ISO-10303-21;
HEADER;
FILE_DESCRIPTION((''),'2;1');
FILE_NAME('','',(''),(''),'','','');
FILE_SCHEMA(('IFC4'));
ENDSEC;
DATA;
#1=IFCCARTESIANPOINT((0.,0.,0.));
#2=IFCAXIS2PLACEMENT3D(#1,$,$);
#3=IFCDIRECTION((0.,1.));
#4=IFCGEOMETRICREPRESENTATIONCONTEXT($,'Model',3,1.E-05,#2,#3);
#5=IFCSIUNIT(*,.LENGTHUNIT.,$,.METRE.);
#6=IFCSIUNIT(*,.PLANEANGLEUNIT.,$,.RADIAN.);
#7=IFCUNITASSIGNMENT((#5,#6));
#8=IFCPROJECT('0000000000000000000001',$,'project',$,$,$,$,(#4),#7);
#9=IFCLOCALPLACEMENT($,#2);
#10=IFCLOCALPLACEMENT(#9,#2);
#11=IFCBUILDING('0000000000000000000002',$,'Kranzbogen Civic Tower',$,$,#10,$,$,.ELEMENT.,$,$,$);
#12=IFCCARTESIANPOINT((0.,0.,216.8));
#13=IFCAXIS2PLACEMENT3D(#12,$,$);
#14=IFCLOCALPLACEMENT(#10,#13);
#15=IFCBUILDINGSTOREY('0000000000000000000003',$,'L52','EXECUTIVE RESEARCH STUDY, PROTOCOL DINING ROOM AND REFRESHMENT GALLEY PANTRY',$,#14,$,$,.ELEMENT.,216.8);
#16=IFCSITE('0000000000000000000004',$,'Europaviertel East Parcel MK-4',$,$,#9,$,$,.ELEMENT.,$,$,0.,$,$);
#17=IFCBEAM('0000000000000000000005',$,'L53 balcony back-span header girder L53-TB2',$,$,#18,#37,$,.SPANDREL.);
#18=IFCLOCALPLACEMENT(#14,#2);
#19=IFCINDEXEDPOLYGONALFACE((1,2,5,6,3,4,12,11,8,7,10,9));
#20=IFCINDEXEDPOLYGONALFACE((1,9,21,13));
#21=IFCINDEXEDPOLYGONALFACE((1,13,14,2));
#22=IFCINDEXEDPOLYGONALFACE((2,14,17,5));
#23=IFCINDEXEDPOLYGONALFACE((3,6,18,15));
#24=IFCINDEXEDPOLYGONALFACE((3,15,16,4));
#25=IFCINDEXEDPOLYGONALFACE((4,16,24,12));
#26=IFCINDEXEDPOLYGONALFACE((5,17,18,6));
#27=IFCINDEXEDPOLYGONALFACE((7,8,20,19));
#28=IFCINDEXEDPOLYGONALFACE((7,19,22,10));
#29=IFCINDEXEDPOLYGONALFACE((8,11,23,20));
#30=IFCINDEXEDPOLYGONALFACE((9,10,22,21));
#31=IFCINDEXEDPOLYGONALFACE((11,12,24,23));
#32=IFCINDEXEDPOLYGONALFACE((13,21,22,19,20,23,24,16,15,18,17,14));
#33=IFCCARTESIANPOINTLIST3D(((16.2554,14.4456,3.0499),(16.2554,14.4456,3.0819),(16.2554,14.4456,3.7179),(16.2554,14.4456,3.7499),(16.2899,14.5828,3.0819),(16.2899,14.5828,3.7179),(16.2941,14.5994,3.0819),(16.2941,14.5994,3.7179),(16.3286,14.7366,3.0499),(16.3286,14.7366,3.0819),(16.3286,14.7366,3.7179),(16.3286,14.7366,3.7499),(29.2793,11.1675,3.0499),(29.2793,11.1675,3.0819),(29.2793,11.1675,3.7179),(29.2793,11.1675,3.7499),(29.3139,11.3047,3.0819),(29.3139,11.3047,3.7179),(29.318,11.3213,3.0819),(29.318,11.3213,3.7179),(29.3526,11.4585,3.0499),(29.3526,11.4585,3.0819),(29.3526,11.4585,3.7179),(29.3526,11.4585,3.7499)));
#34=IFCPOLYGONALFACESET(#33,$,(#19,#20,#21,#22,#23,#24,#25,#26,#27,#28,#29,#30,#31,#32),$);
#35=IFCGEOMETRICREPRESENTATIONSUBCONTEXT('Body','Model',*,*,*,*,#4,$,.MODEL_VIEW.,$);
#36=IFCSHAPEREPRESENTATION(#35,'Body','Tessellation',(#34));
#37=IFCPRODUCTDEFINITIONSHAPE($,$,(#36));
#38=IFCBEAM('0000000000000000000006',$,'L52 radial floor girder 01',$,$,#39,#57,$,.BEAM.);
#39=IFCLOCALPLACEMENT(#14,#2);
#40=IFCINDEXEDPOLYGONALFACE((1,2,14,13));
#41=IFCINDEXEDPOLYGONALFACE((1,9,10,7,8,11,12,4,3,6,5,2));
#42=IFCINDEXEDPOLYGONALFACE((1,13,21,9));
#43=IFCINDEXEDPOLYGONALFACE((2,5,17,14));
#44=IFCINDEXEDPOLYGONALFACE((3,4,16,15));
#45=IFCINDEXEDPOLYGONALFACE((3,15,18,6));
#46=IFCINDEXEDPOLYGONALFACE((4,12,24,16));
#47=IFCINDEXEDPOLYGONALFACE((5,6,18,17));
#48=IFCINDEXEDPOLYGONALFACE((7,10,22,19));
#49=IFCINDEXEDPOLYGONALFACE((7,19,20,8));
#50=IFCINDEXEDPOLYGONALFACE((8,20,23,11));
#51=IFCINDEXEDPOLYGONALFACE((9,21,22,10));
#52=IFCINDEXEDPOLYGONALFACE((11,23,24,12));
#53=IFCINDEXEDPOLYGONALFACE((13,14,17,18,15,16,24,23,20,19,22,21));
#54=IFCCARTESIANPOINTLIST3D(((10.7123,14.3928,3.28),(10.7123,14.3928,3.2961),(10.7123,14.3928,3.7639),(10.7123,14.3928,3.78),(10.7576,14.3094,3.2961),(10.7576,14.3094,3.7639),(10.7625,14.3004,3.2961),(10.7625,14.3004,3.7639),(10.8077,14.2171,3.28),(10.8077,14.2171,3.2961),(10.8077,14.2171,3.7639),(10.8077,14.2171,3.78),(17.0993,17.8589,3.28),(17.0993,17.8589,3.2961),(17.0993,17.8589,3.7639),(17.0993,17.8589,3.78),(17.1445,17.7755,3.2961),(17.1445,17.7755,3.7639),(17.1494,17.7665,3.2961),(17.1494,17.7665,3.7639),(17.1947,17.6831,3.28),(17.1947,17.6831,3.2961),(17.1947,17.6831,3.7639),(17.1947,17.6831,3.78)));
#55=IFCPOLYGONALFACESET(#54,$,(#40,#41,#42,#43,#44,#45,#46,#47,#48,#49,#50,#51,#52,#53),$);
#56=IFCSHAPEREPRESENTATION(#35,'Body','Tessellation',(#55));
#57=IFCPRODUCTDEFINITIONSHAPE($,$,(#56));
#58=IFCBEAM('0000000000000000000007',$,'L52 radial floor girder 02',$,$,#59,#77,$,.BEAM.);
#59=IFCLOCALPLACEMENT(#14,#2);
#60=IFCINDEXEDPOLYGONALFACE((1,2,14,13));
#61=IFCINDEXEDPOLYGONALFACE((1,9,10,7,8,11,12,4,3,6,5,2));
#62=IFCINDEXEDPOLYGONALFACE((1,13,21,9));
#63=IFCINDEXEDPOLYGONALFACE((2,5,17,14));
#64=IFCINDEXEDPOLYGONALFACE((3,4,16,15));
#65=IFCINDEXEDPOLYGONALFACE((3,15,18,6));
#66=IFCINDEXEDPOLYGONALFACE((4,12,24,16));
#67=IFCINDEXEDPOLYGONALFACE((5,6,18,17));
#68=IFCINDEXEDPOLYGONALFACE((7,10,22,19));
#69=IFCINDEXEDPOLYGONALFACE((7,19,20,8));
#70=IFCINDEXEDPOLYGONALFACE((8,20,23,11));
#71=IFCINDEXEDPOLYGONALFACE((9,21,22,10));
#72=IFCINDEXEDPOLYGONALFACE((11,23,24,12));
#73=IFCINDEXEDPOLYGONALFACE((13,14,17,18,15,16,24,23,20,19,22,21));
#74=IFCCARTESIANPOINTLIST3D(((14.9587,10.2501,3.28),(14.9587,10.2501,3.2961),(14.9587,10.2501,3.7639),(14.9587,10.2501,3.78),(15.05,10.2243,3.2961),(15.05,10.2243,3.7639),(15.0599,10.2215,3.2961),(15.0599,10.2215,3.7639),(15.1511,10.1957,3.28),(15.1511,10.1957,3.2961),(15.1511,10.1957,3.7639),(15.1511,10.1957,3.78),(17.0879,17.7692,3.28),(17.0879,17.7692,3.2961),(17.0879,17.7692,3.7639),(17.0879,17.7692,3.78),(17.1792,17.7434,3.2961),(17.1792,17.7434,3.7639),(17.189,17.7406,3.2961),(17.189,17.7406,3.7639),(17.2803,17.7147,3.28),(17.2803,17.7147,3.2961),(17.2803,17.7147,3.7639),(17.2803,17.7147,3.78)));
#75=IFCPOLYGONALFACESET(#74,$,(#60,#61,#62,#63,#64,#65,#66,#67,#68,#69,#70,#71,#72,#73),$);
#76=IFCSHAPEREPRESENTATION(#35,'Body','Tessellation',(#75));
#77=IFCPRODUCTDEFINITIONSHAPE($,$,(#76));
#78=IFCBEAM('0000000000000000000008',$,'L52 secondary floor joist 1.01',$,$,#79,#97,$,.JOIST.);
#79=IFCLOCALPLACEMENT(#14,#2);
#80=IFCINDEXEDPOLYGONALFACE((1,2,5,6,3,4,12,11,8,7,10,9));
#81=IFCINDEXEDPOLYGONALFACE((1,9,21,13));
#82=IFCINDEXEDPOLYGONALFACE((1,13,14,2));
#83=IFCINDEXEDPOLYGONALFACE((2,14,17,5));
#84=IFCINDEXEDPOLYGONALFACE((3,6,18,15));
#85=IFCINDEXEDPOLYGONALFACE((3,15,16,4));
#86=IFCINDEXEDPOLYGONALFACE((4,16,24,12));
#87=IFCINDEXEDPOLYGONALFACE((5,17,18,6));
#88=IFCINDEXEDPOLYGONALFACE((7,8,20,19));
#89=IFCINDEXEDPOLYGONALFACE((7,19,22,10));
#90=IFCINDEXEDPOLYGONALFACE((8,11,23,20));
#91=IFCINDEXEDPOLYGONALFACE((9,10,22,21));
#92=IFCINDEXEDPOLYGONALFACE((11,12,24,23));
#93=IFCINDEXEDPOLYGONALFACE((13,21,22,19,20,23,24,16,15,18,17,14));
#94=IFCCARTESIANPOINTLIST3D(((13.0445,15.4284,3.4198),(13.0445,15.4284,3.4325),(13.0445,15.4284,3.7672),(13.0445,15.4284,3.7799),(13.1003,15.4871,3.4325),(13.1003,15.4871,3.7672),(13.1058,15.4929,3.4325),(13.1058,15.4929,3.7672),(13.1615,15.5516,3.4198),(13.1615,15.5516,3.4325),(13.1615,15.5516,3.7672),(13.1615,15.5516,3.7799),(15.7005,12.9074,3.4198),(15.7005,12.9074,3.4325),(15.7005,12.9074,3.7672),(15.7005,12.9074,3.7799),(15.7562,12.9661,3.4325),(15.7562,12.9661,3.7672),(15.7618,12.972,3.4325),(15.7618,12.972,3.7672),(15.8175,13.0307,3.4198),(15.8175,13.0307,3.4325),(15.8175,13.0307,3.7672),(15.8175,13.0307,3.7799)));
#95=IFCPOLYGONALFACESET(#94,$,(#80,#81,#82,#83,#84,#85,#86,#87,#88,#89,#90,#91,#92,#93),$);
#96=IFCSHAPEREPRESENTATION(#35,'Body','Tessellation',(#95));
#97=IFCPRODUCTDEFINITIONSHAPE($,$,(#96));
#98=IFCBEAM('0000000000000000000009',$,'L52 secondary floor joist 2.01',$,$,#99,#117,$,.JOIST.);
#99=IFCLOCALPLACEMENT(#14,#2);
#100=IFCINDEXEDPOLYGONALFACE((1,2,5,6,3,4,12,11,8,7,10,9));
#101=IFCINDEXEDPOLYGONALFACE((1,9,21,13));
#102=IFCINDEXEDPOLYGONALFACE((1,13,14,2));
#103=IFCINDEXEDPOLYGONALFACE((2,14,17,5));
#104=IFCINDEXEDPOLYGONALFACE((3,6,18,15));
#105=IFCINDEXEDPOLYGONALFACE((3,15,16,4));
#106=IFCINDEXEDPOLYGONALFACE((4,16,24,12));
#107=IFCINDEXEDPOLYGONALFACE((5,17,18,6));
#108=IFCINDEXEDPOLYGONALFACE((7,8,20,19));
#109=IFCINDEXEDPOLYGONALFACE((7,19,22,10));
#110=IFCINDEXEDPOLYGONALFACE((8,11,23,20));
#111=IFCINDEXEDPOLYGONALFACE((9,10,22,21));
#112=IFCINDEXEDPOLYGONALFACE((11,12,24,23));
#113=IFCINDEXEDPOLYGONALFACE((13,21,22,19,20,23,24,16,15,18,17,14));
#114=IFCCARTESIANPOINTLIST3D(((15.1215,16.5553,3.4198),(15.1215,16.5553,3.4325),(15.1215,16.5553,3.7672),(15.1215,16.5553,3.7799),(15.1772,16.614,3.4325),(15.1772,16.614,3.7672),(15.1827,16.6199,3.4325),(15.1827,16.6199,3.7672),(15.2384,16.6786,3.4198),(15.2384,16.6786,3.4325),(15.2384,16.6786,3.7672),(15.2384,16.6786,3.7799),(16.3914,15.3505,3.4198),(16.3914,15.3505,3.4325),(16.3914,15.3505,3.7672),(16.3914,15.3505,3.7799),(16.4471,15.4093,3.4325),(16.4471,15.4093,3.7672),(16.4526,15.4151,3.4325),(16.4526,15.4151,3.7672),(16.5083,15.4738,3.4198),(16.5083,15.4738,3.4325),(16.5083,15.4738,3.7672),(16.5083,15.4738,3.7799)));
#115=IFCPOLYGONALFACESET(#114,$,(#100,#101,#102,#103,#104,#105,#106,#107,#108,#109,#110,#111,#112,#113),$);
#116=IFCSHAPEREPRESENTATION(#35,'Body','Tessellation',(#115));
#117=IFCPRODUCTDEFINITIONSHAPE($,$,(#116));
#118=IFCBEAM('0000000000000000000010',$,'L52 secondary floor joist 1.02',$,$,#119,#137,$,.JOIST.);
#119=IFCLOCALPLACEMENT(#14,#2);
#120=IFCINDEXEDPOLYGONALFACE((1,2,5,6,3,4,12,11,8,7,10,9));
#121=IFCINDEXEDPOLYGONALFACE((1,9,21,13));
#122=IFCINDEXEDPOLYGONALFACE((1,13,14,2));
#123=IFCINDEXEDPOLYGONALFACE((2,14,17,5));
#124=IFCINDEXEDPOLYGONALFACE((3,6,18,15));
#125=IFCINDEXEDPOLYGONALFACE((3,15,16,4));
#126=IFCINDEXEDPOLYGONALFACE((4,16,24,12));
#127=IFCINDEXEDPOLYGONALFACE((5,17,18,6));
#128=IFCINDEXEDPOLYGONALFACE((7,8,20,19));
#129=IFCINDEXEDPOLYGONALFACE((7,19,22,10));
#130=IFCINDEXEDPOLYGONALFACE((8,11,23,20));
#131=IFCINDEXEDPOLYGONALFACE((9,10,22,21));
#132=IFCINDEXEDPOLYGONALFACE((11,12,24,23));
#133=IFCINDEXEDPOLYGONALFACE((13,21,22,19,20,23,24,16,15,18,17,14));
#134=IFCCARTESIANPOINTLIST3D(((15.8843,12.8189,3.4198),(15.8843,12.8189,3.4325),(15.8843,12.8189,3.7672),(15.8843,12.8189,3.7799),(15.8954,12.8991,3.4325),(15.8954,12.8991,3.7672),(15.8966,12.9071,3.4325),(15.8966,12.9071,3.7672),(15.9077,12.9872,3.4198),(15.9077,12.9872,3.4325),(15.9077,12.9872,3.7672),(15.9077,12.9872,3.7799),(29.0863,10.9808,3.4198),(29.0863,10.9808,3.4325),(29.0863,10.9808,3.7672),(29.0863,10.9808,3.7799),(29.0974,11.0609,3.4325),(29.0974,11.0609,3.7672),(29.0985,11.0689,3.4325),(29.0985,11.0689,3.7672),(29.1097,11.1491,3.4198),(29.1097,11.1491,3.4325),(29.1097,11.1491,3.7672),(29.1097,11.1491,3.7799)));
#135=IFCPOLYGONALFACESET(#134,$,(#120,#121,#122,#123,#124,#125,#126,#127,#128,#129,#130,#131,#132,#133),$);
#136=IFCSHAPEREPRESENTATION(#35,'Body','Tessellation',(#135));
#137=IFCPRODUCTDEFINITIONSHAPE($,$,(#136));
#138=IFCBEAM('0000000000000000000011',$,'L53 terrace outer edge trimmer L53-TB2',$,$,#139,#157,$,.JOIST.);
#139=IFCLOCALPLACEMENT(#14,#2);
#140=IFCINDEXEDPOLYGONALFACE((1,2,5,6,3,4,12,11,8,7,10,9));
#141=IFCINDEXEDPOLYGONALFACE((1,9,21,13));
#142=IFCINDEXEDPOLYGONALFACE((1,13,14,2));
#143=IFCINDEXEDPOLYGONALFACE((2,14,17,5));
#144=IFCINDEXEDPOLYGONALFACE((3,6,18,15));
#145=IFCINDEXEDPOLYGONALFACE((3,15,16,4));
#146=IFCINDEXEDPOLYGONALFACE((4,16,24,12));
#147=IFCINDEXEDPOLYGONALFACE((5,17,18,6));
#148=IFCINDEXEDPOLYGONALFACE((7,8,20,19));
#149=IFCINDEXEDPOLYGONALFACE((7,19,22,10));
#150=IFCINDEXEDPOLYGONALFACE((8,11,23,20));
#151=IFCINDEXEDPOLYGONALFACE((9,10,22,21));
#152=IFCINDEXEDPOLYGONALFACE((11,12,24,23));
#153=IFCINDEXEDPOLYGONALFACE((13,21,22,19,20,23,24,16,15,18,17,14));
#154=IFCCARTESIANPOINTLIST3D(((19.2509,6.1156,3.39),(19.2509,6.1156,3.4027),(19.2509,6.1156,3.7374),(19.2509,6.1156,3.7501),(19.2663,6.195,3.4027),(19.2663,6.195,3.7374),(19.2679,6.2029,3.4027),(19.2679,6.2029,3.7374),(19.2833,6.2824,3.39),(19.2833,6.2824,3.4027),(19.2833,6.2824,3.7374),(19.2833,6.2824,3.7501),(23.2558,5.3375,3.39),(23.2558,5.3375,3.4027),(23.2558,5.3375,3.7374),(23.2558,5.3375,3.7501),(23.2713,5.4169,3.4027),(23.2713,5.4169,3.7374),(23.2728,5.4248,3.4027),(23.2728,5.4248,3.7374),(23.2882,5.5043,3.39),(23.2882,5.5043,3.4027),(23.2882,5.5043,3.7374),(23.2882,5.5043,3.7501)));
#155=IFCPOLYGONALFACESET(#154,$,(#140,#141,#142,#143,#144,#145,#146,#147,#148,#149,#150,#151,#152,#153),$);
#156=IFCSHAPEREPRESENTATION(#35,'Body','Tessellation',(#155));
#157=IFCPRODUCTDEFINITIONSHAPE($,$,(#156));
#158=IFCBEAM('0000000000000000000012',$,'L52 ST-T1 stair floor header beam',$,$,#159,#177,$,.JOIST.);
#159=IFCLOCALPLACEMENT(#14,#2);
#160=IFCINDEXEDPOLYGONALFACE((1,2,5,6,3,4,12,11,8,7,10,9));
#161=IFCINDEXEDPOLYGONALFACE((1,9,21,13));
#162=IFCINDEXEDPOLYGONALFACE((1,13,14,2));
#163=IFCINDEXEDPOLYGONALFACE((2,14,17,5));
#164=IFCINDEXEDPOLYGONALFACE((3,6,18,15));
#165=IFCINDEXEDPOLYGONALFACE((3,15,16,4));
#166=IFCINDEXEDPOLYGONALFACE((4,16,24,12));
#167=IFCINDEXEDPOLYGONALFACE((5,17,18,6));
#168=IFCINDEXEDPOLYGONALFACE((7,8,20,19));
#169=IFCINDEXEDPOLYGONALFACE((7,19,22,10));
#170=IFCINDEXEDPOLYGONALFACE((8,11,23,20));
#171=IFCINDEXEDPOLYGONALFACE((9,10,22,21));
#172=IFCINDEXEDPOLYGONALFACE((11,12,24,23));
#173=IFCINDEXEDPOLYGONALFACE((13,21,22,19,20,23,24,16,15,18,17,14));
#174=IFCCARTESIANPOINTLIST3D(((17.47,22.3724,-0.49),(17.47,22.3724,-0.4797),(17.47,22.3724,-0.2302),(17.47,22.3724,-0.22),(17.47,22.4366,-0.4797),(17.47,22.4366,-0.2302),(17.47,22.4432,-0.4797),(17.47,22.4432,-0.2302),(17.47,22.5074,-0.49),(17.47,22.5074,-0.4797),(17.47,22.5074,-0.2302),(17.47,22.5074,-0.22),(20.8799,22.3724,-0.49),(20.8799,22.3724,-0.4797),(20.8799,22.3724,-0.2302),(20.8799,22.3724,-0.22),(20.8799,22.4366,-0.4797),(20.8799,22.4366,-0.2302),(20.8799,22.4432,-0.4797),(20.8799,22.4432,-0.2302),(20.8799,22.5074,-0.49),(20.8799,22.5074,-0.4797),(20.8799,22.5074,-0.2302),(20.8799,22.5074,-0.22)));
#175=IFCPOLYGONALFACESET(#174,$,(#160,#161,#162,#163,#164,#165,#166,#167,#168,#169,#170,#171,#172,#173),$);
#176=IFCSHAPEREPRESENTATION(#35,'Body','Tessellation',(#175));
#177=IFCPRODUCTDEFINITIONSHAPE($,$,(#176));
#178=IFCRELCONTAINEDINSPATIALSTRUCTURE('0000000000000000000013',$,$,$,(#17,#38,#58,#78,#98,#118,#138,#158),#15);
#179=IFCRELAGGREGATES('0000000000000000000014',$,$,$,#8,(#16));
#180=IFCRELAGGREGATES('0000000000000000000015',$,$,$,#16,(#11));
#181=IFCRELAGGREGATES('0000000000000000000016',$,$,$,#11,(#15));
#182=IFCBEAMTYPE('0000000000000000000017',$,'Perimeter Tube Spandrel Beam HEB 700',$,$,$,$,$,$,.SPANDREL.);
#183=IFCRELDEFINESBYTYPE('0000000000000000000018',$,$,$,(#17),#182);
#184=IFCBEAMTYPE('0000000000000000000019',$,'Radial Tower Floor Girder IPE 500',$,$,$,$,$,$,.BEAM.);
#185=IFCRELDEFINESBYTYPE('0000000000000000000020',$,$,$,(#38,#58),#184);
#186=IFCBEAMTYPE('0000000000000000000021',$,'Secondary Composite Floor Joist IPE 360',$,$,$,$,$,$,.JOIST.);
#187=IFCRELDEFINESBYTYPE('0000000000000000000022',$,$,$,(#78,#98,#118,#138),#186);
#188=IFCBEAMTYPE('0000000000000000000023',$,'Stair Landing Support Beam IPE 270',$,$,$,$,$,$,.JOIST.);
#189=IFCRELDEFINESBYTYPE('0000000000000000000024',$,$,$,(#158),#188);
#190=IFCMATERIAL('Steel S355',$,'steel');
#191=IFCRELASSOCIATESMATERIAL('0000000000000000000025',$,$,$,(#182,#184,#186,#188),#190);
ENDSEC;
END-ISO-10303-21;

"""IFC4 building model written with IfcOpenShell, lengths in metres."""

from ifc_helpers import new_model, si_unit, direction, frame, origin, origin_2d, place, context, subcontext, project, spatial, i_section, extrude, material, material_profile, profile_set, type_object, element, save


model = new_model("IFC4")

# Units and contexts
model_context = context("Model", 3, precision=1e-05, world=origin(), true_north=direction((0.0, 1.0)))
body_context = subcontext(model_context, "Body", "Model", "MODEL_VIEW")
ifc_project = project(units=[si_unit("LENGTHUNIT", "METRE"), si_unit("PLANEANGLEUNIT", "RADIAN")], contexts=[model_context])

# Site, building, storey
site_placement = place(None, origin())
site = spatial("IfcSite", under=ifc_project, at=site_placement, Name="Europaviertel East Parcel MK-4", CompositionType="ELEMENT", RefElevation=0.0)
building_placement = place(site_placement, origin())
building = spatial("IfcBuilding", under=site, at=building_placement, Name="Kranzbogen Civic Tower", CompositionType="ELEMENT")
storey_placement = place(building_placement, frame((0.0, 0.0, 216.8)))
storey = spatial("IfcBuildingStorey", under=building, at=storey_placement, Name="L52", Description="EXECUTIVE RESEARCH STUDY, PROTOCOL DINING ROOM AND REFRESHMENT GALLEY PANTRY", CompositionType="ELEMENT", Elevation=216.8)

# Shared definitions
ifc_material_1 = material(Name="Steel S355", Category="steel")

# Beams
ifc_material_profile_1 = material_profile(ifc_material_1, i_section(OverallWidth=0.3, OverallDepth=0.7, WebThickness=0.0171, FlangeThickness=0.032, at=origin_2d()), Name="HEB 700")
ifc_profile_set_1 = profile_set([ifc_material_profile_1], Name="Steel S355")
beam_type_1 = type_object("IfcBeamType", Name="Perimeter Tube Spandrel Beam HEB 700", PredefinedType="SPANDREL", material=ifc_profile_set_1)
beam_1_placement = place(storey_placement, frame((16.292, 14.5911, 3.3999), z_axis=(0.969754, -0.244084, 0.0), x_axis=(0.244084, 0.969754, 0.0)))
element("IfcBeam", 1, at=beam_1_placement, inside=storey, type_object=beam_type_1, Name="L53 balcony back-span header girder L53-TB2", PredefinedType="SPANDREL", context=body_context, shape_type="SweptSolid", body=[
    extrude(i_section(OverallWidth=0.3, OverallDepth=0.7, WebThickness=0.0171, FlangeThickness=0.032, at=origin_2d()), origin(), (0.0, 0.0, 1.0), 13.4302),
])
ifc_material_profile_2 = material_profile(ifc_material_1, i_section(OverallWidth=0.2, OverallDepth=0.5, WebThickness=0.0103, FlangeThickness=0.0161, at=origin_2d()), Name="IPE 500")
ifc_profile_set_2 = profile_set([ifc_material_profile_2], Name="Steel S355")
beam_type_2 = type_object("IfcBeamType", Name="Radial Tower Floor Girder IPE 500", PredefinedType="BEAM", material=ifc_profile_set_2)
beam_2_placement = place(storey_placement, frame((10.76, 14.3049, 3.53), z_axis=(0.878919, 0.47697, 0.0), x_axis=(-0.47697, 0.878919, 0.0)))
element("IfcBeam", 2, at=beam_2_placement, inside=storey, type_object=beam_type_2, Name="L52 radial floor girder 01", PredefinedType="BEAM", context=body_context, shape_type="SweptSolid", body=[
    extrude(i_section(OverallWidth=0.2, OverallDepth=0.5, WebThickness=0.0103, FlangeThickness=0.0161, at=origin_2d()), origin(), (0.0, 0.0, 1.0), 7.2668),
])
beam_3_placement = place(storey_placement, frame((15.0549, 10.2229, 3.53), z_axis=(0.272455, 0.962169, 0.0), x_axis=(-0.962169, 0.272455, 0.0)))
element("IfcBeam", 3, at=beam_3_placement, inside=storey, type_object=beam_type_2, Name="L52 radial floor girder 02", PredefinedType="BEAM", context=body_context, shape_type="SweptSolid", body=[
    extrude(i_section(OverallWidth=0.2, OverallDepth=0.5, WebThickness=0.0103, FlangeThickness=0.0161, at=origin_2d()), origin(), (0.0, 0.0, 1.0), 7.8147),
])
ifc_material_profile_3 = material_profile(ifc_material_1, i_section(OverallWidth=0.1699, OverallDepth=0.3601, WebThickness=0.0081, FlangeThickness=0.0127, at=origin_2d()), Name="IPE 360")
ifc_profile_set_3 = profile_set([ifc_material_profile_3], Name="Steel S355")
beam_type_3 = type_object("IfcBeamType", Name="Secondary Composite Floor Joist IPE 360", PredefinedType="JOIST", material=ifc_profile_set_3)
beam_4_placement = place(storey_placement, frame((13.103, 15.49, 3.5999), z_axis=(0.725301, -0.688432, 0.0), x_axis=(0.688432, 0.725301, 0.0)))
element("IfcBeam", 4, at=beam_4_placement, inside=storey, type_object=beam_type_3, Name="L52 secondary floor joist 1.01", PredefinedType="JOIST", context=body_context, shape_type="SweptSolid", body=[
    extrude(i_section(OverallWidth=0.1699, OverallDepth=0.3601, WebThickness=0.0081, FlangeThickness=0.0127, at=origin_2d()), origin(), (0.0, 0.0, 1.0), 3.6619),
])
beam_5_placement = place(storey_placement, frame((15.1799, 16.6169, 3.5999), z_axis=(0.72548, -0.688243, 0.0), x_axis=(0.688243, 0.72548, 0.0)))
element("IfcBeam", 5, at=beam_5_placement, inside=storey, type_object=beam_type_3, Name="L52 secondary floor joist 2.01", PredefinedType="JOIST", context=body_context, shape_type="SweptSolid", body=[
    extrude(i_section(OverallWidth=0.1699, OverallDepth=0.3601, WebThickness=0.0081, FlangeThickness=0.0127, at=origin_2d()), origin(), (0.0, 0.0, 1.0), 1.7505),
])
beam_6_placement = place(storey_placement, frame((15.896, 12.9031, 3.5999), z_axis=(0.990446, -0.137902, 0.0), x_axis=(0.137902, 0.990446, 0.0)))
element("IfcBeam", 6, at=beam_6_placement, inside=storey, type_object=beam_type_3, Name="L52 secondary floor joist 1.02", PredefinedType="JOIST", context=body_context, shape_type="SweptSolid", body=[
    extrude(i_section(OverallWidth=0.1699, OverallDepth=0.3601, WebThickness=0.0081, FlangeThickness=0.0127, at=origin_2d()), origin(), (0.0, 0.0, 1.0), 13.3293),
])
beam_7_placement = place(storey_placement, frame((19.2671, 6.199, 3.5701), z_axis=(0.981645, -0.190716, 0.0), x_axis=(0.190716, 0.981645, 0.0)))
element("IfcBeam", 7, at=beam_7_placement, inside=storey, type_object=beam_type_3, Name="L53 terrace outer edge trimmer L53-TB2", PredefinedType="JOIST", context=body_context, shape_type="SweptSolid", body=[
    extrude(i_section(OverallWidth=0.1699, OverallDepth=0.3601, WebThickness=0.0081, FlangeThickness=0.0127, at=origin_2d()), origin(), (0.0, 0.0, 1.0), 4.0798),
])
ifc_material_profile_4 = material_profile(ifc_material_1, i_section(OverallWidth=0.135, OverallDepth=0.27, WebThickness=0.0066, FlangeThickness=0.0103, at=origin_2d()), Name="IPE 270")
ifc_profile_set_4 = profile_set([ifc_material_profile_4], Name="Steel S355")
beam_type_4 = type_object("IfcBeamType", Name="Stair Landing Support Beam IPE 270", PredefinedType="JOIST", material=ifc_profile_set_4)
beam_8_placement = place(storey_placement, frame((20.8799, 22.4399, -0.355), z_axis=(-1.0, 0.0, 0.0), x_axis=(0.0, -1.0, 0.0)))
element("IfcBeam", 8, at=beam_8_placement, inside=storey, type_object=beam_type_4, Name="L52 ST-T1 stair floor header beam", PredefinedType="JOIST", context=body_context, shape_type="SweptSolid", body=[
    extrude(i_section(OverallWidth=0.135, OverallDepth=0.27, WebThickness=0.0066, FlangeThickness=0.0103, at=origin_2d()), origin(), (0.0, 0.0, 1.0), 3.4099),
])

save(model, "model.ifc")
